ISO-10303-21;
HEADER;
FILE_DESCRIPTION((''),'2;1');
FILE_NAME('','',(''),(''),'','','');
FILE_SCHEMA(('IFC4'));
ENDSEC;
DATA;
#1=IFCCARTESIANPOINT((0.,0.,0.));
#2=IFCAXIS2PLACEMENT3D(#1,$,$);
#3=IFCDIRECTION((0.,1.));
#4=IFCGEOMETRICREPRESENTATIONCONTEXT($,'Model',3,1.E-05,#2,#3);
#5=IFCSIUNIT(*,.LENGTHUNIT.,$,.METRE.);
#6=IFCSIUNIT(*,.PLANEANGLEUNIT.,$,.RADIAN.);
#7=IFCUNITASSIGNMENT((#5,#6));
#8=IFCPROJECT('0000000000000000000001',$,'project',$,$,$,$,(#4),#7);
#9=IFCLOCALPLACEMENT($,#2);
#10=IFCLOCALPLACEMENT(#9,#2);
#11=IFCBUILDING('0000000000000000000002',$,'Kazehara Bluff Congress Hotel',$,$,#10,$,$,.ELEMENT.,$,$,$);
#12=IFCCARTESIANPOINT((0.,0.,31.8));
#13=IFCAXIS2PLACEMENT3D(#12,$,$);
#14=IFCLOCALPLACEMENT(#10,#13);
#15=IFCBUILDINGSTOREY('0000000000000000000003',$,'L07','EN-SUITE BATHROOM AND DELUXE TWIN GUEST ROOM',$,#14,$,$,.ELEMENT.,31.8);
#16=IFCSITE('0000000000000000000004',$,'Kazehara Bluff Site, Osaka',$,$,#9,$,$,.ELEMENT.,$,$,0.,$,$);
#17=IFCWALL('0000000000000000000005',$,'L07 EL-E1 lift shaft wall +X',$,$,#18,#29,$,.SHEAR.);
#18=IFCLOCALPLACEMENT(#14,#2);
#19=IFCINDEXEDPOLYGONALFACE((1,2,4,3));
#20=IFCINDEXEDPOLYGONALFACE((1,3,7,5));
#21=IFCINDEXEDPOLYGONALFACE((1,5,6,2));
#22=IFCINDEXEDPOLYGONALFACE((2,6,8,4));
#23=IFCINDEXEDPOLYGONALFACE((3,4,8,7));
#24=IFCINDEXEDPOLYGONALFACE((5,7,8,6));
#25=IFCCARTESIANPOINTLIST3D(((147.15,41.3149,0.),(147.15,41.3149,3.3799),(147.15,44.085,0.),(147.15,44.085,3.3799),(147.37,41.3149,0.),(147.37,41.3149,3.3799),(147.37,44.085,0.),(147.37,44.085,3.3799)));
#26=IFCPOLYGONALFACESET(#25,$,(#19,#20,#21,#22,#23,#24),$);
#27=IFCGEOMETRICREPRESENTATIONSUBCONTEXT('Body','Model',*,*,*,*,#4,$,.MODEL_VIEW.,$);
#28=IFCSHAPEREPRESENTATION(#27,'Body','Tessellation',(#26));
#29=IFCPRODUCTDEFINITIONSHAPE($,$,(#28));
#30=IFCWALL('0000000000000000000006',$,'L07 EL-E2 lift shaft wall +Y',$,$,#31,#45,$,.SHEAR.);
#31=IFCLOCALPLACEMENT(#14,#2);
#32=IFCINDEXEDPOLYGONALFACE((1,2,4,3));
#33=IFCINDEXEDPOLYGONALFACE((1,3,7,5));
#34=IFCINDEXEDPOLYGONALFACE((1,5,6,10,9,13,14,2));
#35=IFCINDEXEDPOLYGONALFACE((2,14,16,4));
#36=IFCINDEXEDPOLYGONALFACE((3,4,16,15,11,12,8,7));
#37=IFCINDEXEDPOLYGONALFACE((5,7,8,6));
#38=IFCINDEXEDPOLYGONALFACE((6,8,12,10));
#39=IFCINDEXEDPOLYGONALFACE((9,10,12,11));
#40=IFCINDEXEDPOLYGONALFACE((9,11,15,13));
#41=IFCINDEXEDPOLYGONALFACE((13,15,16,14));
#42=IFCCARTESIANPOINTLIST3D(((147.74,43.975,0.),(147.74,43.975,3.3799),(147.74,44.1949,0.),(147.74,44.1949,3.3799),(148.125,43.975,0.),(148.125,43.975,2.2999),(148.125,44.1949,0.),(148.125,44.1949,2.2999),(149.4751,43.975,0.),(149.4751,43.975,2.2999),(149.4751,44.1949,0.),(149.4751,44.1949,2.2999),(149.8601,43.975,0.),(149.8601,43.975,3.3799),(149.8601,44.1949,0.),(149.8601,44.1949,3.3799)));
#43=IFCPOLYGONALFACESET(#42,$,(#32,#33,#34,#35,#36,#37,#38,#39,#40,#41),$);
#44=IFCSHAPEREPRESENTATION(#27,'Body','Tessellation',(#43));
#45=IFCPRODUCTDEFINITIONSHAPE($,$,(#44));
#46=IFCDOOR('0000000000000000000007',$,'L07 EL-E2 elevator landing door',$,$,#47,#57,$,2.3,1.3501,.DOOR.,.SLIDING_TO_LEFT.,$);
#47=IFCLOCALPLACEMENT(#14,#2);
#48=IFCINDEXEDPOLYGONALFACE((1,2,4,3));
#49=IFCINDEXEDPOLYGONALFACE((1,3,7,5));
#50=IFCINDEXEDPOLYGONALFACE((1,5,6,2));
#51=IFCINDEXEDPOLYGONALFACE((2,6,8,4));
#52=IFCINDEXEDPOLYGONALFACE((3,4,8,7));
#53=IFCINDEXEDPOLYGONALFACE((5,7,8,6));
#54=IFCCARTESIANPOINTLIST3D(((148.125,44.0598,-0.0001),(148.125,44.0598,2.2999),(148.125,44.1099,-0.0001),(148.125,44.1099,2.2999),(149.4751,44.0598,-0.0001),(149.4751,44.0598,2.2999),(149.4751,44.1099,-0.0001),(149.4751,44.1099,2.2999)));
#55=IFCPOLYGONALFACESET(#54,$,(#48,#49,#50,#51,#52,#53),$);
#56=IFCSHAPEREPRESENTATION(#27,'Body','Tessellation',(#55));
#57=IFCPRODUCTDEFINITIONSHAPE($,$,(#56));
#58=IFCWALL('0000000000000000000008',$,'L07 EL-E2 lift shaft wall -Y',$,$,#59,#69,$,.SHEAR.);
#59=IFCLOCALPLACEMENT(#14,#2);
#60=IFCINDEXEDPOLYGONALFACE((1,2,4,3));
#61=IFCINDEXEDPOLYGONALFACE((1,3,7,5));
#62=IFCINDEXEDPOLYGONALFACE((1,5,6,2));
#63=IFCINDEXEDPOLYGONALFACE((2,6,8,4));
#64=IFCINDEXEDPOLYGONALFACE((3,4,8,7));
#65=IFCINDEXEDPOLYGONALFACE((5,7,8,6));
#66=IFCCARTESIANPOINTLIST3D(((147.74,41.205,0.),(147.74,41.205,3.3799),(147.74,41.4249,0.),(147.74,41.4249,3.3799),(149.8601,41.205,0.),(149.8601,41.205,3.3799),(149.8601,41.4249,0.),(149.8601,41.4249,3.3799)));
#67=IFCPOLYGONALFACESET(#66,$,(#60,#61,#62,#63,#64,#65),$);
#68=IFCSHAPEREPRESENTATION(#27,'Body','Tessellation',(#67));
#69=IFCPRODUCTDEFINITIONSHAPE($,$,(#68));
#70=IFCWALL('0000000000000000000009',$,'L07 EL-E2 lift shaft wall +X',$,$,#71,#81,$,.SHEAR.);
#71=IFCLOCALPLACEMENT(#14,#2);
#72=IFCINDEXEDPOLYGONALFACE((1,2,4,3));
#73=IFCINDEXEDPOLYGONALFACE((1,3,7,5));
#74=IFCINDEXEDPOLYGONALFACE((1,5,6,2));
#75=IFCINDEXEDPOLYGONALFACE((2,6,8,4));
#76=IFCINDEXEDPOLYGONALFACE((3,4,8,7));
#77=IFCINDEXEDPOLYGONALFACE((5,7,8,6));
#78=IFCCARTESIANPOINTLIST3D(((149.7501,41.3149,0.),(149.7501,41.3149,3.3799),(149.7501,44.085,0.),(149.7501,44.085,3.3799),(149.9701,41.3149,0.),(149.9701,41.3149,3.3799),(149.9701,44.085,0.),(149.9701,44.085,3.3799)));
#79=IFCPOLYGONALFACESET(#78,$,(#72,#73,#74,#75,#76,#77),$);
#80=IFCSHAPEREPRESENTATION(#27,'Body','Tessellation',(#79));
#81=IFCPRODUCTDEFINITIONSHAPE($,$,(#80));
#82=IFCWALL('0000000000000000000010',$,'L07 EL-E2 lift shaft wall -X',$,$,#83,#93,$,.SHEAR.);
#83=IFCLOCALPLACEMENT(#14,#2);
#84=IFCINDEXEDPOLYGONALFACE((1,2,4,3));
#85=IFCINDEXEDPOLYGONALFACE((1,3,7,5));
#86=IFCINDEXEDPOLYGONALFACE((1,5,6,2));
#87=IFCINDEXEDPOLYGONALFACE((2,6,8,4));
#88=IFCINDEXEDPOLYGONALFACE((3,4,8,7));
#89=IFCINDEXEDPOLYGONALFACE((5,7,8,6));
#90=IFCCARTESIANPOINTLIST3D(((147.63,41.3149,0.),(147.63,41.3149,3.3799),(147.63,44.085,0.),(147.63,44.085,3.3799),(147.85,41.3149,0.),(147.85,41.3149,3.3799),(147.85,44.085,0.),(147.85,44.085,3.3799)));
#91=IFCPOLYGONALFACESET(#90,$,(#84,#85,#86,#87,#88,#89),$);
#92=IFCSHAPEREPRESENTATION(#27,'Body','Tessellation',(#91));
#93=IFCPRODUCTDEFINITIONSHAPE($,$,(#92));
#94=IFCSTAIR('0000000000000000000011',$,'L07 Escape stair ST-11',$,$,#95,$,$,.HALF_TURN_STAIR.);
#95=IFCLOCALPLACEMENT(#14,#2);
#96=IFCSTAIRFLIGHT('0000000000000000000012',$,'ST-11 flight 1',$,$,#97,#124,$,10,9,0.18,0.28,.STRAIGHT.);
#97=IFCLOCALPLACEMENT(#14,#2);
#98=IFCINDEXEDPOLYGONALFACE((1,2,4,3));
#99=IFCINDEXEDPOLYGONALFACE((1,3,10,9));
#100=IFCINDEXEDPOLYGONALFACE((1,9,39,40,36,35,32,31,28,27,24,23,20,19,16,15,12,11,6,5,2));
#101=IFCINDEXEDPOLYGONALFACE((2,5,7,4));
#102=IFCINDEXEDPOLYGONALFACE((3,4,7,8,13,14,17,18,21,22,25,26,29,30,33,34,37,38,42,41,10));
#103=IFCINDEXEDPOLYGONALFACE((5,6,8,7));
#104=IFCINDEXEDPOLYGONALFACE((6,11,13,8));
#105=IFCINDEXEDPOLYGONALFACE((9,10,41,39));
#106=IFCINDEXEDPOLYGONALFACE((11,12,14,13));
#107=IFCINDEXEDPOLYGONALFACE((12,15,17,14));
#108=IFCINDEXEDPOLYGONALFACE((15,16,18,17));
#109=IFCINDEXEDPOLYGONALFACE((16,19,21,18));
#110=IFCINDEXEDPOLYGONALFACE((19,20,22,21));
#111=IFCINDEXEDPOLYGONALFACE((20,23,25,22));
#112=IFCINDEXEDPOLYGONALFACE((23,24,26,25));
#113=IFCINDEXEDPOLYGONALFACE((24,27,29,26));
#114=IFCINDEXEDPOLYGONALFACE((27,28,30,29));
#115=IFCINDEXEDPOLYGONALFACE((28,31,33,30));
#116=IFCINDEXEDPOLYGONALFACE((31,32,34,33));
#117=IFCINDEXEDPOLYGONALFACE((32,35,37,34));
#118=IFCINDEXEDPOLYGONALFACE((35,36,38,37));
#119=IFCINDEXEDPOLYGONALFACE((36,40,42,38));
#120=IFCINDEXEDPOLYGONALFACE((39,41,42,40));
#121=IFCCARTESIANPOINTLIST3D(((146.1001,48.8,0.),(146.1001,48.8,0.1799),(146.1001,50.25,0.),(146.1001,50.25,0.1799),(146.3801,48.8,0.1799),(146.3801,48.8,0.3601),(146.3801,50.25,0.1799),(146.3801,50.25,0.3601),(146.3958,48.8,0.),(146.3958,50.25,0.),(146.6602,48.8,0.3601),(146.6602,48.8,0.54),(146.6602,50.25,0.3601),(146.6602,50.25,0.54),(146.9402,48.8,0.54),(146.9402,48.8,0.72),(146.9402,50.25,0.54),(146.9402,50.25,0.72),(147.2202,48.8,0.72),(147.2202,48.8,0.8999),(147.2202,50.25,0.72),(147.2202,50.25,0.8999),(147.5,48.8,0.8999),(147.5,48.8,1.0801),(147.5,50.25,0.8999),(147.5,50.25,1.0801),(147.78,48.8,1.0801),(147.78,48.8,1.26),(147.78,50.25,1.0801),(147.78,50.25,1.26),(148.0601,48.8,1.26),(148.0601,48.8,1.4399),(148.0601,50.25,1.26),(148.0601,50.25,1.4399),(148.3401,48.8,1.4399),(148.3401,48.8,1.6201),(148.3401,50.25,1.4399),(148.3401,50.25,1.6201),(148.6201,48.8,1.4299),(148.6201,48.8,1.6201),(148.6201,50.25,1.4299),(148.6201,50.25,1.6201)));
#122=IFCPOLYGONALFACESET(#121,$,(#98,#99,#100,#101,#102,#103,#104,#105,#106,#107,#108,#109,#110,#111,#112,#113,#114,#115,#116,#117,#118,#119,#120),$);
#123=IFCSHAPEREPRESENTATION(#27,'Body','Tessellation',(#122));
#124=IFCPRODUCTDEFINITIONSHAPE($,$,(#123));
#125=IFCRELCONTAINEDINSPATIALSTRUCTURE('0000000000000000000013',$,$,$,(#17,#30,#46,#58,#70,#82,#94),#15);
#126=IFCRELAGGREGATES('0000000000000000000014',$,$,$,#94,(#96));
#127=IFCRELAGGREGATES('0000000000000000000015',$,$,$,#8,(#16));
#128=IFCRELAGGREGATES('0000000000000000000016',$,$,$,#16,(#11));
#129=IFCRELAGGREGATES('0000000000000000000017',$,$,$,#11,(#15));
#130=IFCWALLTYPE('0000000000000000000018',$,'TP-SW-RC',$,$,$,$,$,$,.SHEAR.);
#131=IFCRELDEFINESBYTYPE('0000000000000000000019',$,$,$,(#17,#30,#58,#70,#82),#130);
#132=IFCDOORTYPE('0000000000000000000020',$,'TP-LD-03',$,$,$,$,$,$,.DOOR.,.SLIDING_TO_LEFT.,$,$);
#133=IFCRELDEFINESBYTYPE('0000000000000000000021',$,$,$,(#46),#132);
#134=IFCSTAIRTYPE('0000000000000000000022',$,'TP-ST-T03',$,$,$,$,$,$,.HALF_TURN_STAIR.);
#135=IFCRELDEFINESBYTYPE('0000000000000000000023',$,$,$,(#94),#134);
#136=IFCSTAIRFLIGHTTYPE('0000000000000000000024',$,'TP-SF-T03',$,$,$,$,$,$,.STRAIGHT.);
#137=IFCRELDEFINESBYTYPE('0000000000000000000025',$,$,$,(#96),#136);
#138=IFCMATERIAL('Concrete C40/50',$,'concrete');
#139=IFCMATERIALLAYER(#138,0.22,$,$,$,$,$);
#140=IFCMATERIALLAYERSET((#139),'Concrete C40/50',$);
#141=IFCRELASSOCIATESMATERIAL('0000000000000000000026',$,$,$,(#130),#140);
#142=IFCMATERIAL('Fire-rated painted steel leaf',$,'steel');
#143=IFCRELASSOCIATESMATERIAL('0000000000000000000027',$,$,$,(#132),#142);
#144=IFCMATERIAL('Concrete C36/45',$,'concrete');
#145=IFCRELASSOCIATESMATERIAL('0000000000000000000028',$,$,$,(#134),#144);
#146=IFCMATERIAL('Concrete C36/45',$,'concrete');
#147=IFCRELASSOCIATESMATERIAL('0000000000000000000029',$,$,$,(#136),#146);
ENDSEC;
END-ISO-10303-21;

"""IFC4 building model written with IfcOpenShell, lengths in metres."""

from ifc_helpers import new_model, si_unit, direction, frame, frame_2d, origin, place, context, subcontext, project, spatial, polyline, rectangle, outline, extrude, material, layer, layer_set, type_object, element, fill, aggregate, save


model = new_model("IFC4")

# Units and contexts
model_context = context("Model", 3, precision=1e-05, world=origin(), true_north=direction((0.0, 1.0)))
body_context = subcontext(model_context, "Body", "Model", "MODEL_VIEW")
ifc_project = project(units=[si_unit("LENGTHUNIT", "METRE"), si_unit("PLANEANGLEUNIT", "RADIAN")], contexts=[model_context])

# Site, building, storey
site_placement = place(None, origin())
site = spatial("IfcSite", under=ifc_project, at=site_placement, Name="Kazehara Bluff Site, Osaka", CompositionType="ELEMENT", RefElevation=0.0)
building_placement = place(site_placement, origin())
building = spatial("IfcBuilding", under=site, at=building_placement, Name="Kazehara Bluff Congress Hotel", CompositionType="ELEMENT")
storey_placement = place(building_placement, frame((0.0, 0.0, 31.8)))
storey = spatial("IfcBuildingStorey", under=building, at=storey_placement, Name="L07", Description="EN-SUITE BATHROOM AND DELUXE TWIN GUEST ROOM", CompositionType="ELEMENT", Elevation=31.8)

# Shared definitions
ifc_material_1 = material(Name="Concrete C40/50", Category="concrete")
ifc_layer_1 = layer(ifc_material_1, 0.22)
ifc_layer_set_1 = layer_set([ifc_layer_1], Name="Concrete C40/50")
wall_type_1 = type_object("IfcWallType", Name="TP-SW-RC", PredefinedType="SHEAR", material=ifc_layer_set_1)
ifc_material_2 = material(Name="Fire-rated painted steel leaf", Category="steel")
door_type_1 = type_object("IfcDoorType", Name="TP-LD-03", OperationType="SLIDING_TO_LEFT", PredefinedType="DOOR", material=ifc_material_2)

# Wall
wall_1_placement = place(storey_placement, frame((147.26, 41.3149, 0.0), z_axis=(0.0, 0.0, 1.0), x_axis=(0.0, 1.0, 0.0)))
element("IfcWall", 1, at=wall_1_placement, inside=storey, type_object=wall_type_1, Name="L07 EL-E1 lift shaft wall +X", PredefinedType="SHEAR", context=body_context, shape_type="SweptSolid", body=[
    extrude(rectangle(XDim=2.77, YDim=0.22, at=frame_2d((1.385, 0.0))), origin(), (0.0, 0.0, 1.0), 3.3799),
])

# Wall, opening, door
wall_2_placement = place(storey_placement, frame((147.74, 44.085, 0.0), z_axis=(0.0, 0.0, 1.0), x_axis=(1.0, 0.0, 0.0)))
wall_2 = element("IfcWall", 2, at=wall_2_placement, inside=storey, type_object=wall_type_1, Name="L07 EL-E2 lift shaft wall +Y", PredefinedType="SHEAR", context=body_context, shape_type="SweptSolid", body=[
    extrude(rectangle(XDim=2.1201, YDim=0.22, at=frame_2d((1.0601, 0.0))), origin(), (0.0, 0.0, 1.0), 3.3799),
])
opening_1_placement = place(wall_2_placement, frame((0.385, 0.0, 0.0)))
opening_1 = element("IfcOpeningElement", 3, at=opening_1_placement, cuts=wall_2, PredefinedType="OPENING", context=body_context, shape_type="SweptSolid", body=[
    extrude(rectangle(XDim=1.3501, YDim=2.3, at=frame_2d((0.675, 1.1499))), frame((0.0, 0.1199, 0.0), z_axis=(0.0, -1.0, 0.0), x_axis=(1.0, 0.0, 0.0)), (0.0, 0.0, 1.0), 0.24),
])
door_1_placement = place(opening_1_placement, origin())
door_1 = element("IfcDoor", 4, at=door_1_placement, inside=storey, type_object=door_type_1, Name="L07 EL-E2 elevator landing door", OperationType="SLIDING_TO_LEFT", OverallHeight=2.3, OverallWidth=1.3501, PredefinedType="DOOR", context=body_context, shape_type="SweptSolid", body=[
    extrude(rectangle(XDim=1.3501, YDim=2.3, at=frame_2d((0.675, 1.1499))), frame((0.0, 0.0249, 0.0), z_axis=(0.0, -1.0, 0.0), x_axis=(1.0, 0.0, 0.0)), (0.0, 0.0, 1.0), 0.05),
])
fill(opening_1, door_1)

# Walls
wall_3_placement = place(storey_placement, frame((147.74, 41.3149, 0.0), z_axis=(0.0, 0.0, 1.0), x_axis=(1.0, 0.0, 0.0)))
element("IfcWall", 5, at=wall_3_placement, inside=storey, type_object=wall_type_1, Name="L07 EL-E2 lift shaft wall -Y", PredefinedType="SHEAR", context=body_context, shape_type="SweptSolid", body=[
    extrude(rectangle(XDim=2.1201, YDim=0.22, at=frame_2d((1.0601, 0.0))), origin(), (0.0, 0.0, 1.0), 3.3799),
])
for number, where, z_axis, x_axis, name in (
    (6, (149.8601, 41.3149, 0.0), (0.0, 0.0, 1.0), (0.0, 1.0, 0.0), "L07 EL-E2 lift shaft wall +X"),
    (7, (147.74, 41.3149, 0.0), (0.0, 0.0, 1.0), (0.0, 1.0, 0.0), "L07 EL-E2 lift shaft wall -X"),
):
    element("IfcWall", number, at=place(storey_placement, frame(where, z_axis=z_axis, x_axis=x_axis)), inside=storey, type_object=wall_type_1, Name=name, PredefinedType="SHEAR", context=body_context, shape_type="SweptSolid", body=[
        extrude(rectangle(XDim=2.77, YDim=0.22, at=frame_2d((1.385, 0.0))), origin(), (0.0, 0.0, 1.0), 3.3799),
    ])

# Stair, stair flight
ifc_material_3 = material(Name="Concrete C36/45", Category="concrete")
stair_type = type_object("IfcStairType", Name="TP-ST-T03", PredefinedType="HALF_TURN_STAIR", material=ifc_material_3)
stair_placement = place(storey_placement, origin())
stair = element("IfcStair", 8, at=stair_placement, inside=storey, type_object=stair_type, Name="L07 Escape stair ST-11", PredefinedType="HALF_TURN_STAIR")
ifc_material_4 = material(Name="Concrete C36/45", Category="concrete")
stair_flight_type = type_object("IfcStairFlightType", Name="TP-SF-T03", PredefinedType="STRAIGHT", material=ifc_material_4)
stair_flight_placement = place(storey_placement, frame((146.1001, 49.5249, 0.0), z_axis=(0.0, 0.0, 1.0), x_axis=(1.0, 0.0, 0.0)))
stair_flight = element("IfcStairFlight", 9, at=stair_flight_placement, type_object=stair_flight_type, Name="ST-11 flight 1", NumberOfRisers=10, NumberOfTreads=9, PredefinedType="STRAIGHT", RiserHeight=0.18, TreadLength=0.28, context=body_context, shape_type="SweptSolid", body=[
    extrude(outline(polyline([(0.0, 0.0), (0.0, 0.1799), (0.28, 0.1799), (0.28, 0.3601), (0.5601, 0.3601), (0.5601, 0.54), (0.8401, 0.54), (0.8401, 0.72), (1.1201, 0.72), (1.1201, 0.8999), (1.3999, 0.8999), (1.3999, 1.0801), (1.6799, 1.0801), (1.6799, 1.26), (1.96, 1.26), (1.96, 1.4399), (2.24, 1.4399), (2.24, 1.6201), (2.52, 1.6201), (2.52, 1.8), (2.52, 1.4299), (0.2957, 0.0), (0.0, 0.0)])), frame((0.0, 0.7251, 0.0), z_axis=(0.0, -1.0, 0.0), x_axis=(1.0, 0.0, 0.0)), (0.0, 0.0, 1.0), 1.45),
])
aggregate(stair, [stair_flight])

save(model, "model.ifc")
